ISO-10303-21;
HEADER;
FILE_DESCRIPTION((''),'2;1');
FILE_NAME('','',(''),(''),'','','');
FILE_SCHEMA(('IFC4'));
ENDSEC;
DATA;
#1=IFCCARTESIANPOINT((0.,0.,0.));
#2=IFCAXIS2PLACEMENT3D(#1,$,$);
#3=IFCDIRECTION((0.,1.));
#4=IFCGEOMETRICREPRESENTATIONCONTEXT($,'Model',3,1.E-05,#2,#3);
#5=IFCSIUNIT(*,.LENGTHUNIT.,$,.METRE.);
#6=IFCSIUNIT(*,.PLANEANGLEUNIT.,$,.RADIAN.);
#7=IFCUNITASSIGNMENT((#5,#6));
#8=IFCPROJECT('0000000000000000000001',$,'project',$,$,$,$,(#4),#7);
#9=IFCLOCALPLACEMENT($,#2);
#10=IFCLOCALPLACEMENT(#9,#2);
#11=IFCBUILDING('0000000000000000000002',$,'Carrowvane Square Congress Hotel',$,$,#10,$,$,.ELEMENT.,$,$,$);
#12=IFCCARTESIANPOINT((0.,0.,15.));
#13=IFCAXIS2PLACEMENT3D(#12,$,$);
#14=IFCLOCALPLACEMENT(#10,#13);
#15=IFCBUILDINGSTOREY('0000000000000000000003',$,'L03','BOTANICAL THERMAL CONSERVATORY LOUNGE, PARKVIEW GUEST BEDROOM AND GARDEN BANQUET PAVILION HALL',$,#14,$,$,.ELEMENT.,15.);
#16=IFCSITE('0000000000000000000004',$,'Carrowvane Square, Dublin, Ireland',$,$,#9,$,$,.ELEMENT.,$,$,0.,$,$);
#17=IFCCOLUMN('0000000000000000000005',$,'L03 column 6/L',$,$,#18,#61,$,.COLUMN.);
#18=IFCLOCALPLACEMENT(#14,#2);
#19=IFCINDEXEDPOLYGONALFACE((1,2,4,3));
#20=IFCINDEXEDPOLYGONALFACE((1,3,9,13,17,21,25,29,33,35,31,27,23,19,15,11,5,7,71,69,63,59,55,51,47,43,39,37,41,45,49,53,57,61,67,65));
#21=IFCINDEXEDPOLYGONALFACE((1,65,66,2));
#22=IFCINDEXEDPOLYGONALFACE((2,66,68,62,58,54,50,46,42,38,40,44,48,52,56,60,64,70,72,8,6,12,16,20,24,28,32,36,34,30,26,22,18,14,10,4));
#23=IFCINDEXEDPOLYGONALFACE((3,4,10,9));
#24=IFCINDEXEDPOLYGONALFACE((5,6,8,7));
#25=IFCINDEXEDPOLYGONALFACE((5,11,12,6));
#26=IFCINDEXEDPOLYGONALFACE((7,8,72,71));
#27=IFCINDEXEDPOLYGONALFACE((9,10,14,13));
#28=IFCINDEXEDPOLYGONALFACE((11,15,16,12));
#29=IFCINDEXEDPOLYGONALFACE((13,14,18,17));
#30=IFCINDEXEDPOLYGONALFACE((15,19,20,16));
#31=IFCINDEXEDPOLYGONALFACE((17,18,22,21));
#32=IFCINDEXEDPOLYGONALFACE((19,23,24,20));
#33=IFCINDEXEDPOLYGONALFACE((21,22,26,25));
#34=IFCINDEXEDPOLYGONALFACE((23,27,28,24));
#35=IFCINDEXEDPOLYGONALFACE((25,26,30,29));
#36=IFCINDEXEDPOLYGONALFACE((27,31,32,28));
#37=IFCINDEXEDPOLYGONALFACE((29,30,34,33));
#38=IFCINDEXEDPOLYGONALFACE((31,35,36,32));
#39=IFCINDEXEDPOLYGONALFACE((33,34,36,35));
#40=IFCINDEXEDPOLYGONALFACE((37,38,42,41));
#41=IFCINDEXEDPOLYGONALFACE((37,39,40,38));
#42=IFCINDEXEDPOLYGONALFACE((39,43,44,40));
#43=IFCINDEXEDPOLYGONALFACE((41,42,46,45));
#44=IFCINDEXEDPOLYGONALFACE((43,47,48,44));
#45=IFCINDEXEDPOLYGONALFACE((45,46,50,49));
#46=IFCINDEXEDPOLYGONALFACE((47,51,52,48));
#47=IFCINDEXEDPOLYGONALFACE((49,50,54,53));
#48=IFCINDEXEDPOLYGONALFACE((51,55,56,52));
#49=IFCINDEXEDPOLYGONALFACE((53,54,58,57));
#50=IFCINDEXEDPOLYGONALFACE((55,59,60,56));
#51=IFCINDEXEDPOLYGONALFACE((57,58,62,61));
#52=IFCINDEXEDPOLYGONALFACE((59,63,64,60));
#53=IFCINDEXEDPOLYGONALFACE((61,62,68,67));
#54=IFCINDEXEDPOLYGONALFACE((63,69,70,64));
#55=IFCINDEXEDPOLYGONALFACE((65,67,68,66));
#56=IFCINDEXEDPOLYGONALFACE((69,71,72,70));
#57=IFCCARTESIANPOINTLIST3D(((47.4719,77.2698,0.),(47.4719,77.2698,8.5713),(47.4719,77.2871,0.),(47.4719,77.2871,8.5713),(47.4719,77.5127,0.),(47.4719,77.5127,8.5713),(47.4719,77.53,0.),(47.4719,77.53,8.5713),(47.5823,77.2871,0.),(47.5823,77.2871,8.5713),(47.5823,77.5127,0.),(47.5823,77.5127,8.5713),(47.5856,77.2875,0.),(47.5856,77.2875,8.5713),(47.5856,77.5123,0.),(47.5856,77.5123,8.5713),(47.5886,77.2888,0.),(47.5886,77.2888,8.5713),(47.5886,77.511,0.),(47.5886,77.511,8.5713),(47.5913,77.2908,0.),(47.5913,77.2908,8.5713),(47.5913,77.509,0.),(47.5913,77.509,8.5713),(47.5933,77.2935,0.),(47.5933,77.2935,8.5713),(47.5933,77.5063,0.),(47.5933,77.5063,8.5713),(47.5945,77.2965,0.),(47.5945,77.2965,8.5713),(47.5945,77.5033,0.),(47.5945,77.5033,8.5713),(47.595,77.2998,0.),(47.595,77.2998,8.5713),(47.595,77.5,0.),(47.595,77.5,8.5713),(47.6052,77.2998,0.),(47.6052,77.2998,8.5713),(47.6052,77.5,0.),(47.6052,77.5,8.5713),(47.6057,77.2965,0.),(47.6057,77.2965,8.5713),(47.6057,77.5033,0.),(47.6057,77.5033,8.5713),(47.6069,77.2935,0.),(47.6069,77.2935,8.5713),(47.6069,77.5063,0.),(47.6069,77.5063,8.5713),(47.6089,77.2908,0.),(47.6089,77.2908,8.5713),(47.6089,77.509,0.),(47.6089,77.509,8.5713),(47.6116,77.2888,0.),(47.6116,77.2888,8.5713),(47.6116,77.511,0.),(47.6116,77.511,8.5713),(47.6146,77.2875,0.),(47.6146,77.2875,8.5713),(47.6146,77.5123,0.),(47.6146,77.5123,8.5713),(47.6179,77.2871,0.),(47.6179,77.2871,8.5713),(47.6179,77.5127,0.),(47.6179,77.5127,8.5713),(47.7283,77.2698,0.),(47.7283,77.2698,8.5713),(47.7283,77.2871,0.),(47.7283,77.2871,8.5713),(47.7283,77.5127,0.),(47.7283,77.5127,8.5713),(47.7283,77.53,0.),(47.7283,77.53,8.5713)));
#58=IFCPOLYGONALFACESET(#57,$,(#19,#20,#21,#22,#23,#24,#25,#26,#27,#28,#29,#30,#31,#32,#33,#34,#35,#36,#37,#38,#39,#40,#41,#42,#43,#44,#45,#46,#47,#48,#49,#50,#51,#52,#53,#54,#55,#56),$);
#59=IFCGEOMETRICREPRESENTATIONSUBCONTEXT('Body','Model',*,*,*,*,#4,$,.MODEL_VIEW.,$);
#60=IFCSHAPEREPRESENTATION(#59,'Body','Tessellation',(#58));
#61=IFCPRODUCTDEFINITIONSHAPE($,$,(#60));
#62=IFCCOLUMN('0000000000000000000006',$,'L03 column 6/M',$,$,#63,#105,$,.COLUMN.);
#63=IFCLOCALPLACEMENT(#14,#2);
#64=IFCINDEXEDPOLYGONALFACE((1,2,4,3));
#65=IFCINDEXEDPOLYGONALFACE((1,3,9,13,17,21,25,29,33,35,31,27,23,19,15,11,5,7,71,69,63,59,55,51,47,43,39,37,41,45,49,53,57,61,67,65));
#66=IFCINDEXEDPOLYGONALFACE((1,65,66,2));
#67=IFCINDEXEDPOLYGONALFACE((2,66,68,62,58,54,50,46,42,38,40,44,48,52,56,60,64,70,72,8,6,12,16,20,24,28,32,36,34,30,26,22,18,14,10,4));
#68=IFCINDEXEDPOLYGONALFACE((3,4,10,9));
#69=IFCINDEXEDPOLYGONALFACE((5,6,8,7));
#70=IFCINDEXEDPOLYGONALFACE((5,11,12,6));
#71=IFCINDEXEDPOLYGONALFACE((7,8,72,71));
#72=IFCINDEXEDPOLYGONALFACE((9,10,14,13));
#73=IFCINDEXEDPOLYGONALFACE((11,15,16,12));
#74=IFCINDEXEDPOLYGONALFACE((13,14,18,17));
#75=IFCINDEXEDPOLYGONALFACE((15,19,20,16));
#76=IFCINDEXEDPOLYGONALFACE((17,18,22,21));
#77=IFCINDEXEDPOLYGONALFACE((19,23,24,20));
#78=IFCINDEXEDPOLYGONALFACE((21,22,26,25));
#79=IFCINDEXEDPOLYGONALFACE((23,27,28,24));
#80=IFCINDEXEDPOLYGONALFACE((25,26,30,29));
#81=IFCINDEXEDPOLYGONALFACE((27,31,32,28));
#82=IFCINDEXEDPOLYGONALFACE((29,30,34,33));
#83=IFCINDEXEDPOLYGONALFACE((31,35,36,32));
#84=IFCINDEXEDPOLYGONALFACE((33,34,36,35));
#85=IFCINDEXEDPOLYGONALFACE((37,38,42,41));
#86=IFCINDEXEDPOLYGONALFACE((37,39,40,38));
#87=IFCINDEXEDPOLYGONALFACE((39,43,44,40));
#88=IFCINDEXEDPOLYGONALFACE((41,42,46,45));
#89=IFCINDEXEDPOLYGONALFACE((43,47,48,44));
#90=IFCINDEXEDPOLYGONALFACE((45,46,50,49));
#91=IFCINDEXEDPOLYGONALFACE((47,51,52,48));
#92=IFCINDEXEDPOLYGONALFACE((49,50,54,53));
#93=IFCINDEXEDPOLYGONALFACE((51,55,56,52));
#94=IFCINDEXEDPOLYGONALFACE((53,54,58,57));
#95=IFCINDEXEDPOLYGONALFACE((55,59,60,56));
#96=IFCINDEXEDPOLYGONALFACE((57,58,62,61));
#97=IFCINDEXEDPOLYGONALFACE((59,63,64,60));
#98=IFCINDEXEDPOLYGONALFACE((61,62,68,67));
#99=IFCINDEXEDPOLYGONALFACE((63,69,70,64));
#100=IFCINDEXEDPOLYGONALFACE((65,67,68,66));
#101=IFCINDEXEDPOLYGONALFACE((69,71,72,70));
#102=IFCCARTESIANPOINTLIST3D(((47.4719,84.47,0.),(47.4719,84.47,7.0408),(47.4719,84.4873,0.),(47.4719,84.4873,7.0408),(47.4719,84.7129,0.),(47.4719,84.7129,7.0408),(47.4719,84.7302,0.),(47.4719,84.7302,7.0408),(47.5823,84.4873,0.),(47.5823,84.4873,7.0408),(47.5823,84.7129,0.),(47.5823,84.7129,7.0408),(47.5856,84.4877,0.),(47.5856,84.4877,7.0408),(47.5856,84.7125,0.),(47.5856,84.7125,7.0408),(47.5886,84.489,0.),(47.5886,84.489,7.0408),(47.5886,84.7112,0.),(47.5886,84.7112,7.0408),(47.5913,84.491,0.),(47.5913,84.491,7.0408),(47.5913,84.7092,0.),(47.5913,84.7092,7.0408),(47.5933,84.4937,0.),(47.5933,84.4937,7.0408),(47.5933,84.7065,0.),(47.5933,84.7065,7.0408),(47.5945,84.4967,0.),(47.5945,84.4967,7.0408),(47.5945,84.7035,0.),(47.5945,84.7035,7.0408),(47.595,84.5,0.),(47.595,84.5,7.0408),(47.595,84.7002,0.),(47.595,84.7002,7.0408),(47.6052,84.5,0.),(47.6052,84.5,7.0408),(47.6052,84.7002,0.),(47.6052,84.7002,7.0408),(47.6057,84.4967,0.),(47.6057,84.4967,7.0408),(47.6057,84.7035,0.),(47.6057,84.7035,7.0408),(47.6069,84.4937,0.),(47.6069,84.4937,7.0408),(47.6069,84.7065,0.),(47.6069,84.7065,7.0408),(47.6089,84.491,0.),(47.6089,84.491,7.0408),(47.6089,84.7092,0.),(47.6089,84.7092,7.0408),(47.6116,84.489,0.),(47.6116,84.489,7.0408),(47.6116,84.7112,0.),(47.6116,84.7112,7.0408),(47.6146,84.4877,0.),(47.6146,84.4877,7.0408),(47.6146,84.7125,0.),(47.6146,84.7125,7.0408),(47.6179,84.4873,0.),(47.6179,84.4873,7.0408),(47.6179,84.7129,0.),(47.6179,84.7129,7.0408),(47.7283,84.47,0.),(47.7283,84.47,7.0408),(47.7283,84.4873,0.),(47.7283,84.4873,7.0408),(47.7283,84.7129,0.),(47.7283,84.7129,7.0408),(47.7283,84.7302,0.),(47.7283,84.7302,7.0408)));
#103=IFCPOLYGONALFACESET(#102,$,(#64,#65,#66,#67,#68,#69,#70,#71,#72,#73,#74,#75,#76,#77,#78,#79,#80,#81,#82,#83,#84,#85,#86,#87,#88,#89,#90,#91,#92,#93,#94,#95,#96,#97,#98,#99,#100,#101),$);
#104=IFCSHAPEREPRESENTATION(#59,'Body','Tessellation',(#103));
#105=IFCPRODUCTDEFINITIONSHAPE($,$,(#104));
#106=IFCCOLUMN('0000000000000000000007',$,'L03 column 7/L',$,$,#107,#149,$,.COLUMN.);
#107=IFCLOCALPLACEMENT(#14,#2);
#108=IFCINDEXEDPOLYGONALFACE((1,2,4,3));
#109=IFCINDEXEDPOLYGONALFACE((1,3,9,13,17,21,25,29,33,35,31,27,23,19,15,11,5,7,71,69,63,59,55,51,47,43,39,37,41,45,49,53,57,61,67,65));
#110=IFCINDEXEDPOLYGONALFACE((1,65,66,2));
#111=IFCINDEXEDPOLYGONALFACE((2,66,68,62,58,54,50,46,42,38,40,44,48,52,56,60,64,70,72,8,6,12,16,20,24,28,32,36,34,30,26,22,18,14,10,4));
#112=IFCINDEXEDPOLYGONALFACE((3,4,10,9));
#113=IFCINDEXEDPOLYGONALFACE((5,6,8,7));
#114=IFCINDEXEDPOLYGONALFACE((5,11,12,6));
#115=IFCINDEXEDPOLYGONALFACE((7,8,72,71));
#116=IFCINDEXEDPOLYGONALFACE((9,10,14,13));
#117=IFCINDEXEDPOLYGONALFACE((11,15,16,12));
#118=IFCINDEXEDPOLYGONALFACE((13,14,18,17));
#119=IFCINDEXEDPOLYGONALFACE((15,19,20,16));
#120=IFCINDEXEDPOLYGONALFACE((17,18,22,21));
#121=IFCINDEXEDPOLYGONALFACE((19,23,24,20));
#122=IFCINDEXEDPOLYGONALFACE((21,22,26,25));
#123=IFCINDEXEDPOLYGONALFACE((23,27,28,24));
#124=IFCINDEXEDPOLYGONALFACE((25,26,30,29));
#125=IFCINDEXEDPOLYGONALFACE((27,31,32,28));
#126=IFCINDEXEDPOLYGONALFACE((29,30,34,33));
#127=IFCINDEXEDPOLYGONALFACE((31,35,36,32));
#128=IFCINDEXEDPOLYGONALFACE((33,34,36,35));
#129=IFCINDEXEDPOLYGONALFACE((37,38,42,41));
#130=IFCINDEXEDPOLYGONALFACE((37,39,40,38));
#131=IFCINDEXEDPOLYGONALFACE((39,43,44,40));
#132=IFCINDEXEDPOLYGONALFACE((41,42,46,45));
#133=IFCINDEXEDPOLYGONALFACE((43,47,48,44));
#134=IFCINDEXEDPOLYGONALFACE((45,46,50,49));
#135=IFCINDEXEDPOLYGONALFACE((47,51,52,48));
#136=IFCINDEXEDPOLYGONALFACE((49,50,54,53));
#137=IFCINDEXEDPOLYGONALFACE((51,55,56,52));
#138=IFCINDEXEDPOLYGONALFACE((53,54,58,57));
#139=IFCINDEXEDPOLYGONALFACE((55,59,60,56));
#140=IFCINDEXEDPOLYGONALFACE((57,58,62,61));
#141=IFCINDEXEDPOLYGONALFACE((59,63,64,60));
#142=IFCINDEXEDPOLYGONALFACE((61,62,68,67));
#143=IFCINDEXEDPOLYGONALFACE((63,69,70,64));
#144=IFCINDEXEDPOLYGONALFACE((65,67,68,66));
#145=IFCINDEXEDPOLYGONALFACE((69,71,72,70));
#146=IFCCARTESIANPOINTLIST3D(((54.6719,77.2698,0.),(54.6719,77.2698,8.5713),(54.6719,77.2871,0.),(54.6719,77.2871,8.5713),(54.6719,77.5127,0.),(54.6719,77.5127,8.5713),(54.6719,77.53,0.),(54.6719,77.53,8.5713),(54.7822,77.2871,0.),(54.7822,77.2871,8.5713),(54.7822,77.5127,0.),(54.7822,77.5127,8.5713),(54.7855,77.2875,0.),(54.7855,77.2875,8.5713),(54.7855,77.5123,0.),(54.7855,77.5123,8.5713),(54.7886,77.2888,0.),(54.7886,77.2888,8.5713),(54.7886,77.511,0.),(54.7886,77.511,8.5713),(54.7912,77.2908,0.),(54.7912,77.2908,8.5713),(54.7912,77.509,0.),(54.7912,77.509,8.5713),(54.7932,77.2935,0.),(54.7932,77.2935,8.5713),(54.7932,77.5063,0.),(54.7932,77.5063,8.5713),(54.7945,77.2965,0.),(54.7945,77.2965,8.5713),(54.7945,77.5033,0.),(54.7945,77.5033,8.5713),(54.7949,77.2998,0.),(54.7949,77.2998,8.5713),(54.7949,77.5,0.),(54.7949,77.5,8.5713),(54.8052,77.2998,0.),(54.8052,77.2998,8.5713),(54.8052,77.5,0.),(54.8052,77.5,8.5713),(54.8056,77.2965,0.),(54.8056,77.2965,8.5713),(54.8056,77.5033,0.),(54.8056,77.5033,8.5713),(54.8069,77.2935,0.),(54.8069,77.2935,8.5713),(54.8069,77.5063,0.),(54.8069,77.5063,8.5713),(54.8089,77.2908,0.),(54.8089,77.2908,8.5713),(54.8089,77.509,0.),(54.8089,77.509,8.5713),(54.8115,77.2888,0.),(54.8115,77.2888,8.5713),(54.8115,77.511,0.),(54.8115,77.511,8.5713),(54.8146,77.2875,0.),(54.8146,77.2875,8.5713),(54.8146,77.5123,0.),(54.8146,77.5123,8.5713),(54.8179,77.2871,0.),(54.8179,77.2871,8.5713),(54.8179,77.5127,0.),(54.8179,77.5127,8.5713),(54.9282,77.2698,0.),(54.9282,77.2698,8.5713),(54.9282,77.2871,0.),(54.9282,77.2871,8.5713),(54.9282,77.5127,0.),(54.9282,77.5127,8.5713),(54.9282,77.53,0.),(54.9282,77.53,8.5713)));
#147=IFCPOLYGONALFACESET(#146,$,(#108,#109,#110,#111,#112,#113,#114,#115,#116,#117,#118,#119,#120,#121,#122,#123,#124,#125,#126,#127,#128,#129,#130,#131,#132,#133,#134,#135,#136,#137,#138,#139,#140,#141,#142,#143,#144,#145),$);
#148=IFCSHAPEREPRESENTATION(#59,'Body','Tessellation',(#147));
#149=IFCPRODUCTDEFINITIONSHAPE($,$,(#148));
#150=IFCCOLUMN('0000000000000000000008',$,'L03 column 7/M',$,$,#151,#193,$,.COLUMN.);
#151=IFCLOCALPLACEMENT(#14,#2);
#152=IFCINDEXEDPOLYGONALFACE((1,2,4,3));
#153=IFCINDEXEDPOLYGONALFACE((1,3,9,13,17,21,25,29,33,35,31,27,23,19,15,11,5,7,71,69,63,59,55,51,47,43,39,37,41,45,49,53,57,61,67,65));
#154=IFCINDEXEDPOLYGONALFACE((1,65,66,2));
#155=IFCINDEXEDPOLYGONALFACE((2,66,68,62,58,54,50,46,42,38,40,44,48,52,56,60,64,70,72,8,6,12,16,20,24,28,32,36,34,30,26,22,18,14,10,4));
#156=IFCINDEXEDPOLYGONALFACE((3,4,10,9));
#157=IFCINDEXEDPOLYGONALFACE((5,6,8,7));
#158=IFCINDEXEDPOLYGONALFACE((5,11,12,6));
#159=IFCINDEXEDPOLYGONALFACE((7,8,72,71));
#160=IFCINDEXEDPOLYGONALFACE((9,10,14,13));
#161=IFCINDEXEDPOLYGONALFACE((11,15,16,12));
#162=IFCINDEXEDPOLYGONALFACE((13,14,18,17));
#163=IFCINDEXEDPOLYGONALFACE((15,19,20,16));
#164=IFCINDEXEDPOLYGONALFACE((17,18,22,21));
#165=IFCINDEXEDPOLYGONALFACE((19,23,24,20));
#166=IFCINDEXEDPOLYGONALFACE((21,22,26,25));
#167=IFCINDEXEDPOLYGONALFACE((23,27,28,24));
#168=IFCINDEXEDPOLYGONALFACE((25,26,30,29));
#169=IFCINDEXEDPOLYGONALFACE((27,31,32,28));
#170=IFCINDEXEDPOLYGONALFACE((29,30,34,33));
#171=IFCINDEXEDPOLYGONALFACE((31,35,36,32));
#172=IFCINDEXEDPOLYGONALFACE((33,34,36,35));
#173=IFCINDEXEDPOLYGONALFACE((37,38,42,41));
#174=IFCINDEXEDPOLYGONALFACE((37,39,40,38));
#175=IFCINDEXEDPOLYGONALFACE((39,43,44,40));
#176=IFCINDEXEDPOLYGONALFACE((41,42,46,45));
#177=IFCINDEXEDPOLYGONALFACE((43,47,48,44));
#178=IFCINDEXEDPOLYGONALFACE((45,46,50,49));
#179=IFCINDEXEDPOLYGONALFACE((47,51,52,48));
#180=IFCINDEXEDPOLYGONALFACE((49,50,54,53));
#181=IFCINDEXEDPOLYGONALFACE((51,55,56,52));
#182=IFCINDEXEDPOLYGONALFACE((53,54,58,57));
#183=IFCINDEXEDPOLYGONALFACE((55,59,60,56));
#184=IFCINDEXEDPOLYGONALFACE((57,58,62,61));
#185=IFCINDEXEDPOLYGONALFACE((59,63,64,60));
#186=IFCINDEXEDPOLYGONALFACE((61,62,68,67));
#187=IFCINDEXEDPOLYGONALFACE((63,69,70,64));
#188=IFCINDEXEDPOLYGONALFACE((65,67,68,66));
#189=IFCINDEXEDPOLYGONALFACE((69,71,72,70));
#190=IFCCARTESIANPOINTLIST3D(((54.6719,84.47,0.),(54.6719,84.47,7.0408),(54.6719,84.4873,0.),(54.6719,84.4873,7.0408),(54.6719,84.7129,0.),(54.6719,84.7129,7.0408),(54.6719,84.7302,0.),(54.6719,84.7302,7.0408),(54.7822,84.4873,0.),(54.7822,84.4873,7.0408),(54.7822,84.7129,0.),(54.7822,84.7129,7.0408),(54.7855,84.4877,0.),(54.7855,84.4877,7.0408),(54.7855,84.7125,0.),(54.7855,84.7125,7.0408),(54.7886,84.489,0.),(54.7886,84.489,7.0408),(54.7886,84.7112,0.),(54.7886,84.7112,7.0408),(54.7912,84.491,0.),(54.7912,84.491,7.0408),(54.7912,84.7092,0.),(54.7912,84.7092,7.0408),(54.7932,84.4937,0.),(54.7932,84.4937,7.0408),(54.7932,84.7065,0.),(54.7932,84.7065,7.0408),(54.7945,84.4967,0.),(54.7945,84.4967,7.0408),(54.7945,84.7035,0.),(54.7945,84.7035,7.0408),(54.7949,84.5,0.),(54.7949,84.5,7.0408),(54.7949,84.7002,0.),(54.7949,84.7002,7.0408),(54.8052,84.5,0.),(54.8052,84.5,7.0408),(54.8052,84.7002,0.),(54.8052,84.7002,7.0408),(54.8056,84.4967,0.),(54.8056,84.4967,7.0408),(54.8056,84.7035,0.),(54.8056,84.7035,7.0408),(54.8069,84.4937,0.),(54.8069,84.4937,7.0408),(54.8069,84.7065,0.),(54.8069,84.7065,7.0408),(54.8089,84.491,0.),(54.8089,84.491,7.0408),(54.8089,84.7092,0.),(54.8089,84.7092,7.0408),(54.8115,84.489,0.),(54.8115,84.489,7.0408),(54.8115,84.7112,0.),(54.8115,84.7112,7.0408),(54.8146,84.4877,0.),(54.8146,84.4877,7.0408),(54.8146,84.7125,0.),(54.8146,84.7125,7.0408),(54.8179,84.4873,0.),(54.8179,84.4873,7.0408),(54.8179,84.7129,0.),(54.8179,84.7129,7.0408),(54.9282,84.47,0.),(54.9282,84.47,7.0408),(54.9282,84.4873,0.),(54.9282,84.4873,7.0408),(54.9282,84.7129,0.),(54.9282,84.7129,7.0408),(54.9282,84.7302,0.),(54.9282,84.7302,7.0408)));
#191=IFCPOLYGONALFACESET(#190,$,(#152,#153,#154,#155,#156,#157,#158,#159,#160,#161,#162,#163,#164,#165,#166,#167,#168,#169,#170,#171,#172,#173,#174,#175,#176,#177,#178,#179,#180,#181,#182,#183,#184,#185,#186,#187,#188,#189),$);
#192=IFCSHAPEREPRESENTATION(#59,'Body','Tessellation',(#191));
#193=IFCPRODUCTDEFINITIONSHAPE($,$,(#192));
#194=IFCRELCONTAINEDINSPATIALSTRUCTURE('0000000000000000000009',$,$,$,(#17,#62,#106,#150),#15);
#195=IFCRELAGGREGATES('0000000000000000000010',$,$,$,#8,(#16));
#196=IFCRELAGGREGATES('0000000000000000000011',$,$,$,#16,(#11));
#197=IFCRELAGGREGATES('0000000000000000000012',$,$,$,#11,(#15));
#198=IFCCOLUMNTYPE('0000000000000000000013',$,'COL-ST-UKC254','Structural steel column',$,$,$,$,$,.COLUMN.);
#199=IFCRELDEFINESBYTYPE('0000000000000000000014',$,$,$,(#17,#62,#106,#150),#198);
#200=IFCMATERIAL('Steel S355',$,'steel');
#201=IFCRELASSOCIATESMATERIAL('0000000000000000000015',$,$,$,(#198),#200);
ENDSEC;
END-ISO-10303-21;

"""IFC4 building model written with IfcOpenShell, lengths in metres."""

from ifc_helpers import new_model, si_unit, direction, frame, origin, origin_2d, place, context, subcontext, project, spatial, i_section, extrude, material, material_profile, profile_set, type_object, element, save


model = new_model("IFC4")

# Units and contexts
model_context = context("Model", 3, precision=1e-05, world=origin(), true_north=direction((0.0, 1.0)))
body_context = subcontext(model_context, "Body", "Model", "MODEL_VIEW")
ifc_project = project(units=[si_unit("LENGTHUNIT", "METRE"), si_unit("PLANEANGLEUNIT", "RADIAN")], contexts=[model_context])

# Site, building, storey
site_placement = place(None, origin())
site = spatial("IfcSite", under=ifc_project, at=site_placement, Name="Carrowvane Square, Dublin, Ireland", CompositionType="ELEMENT", RefElevation=0.0)
building_placement = place(site_placement, origin())
building = spatial("IfcBuilding", under=site, at=building_placement, Name="Carrowvane Square Congress Hotel", CompositionType="ELEMENT")
storey_placement = place(building_placement, frame((0.0, 0.0, 15.0)))
storey = spatial("IfcBuildingStorey", under=building, at=storey_placement, Name="L03", Description="BOTANICAL THERMAL CONSERVATORY LOUNGE, PARKVIEW GUEST BEDROOM AND GARDEN BANQUET PAVILION HALL", CompositionType="ELEMENT", Elevation=15.0)

# Columns
ifc_material_1 = material(Name="Steel S355", Category="steel")
ifc_material_profile_1 = material_profile(ifc_material_1, i_section(OverallWidth=0.2563, OverallDepth=0.2603, WebThickness=0.0103, FlangeThickness=0.0173, FilletRadius=0.0127, at=origin_2d()), Name="UKC 254x254x89")
ifc_profile_set_1 = profile_set([ifc_material_profile_1], Name="Steel S355")
column_type = type_object("IfcColumnType", Name="COL-ST-UKC254", Description="Structural steel column", PredefinedType="COLUMN", material=ifc_profile_set_1)
column_1_placement = place(storey_placement, frame((47.6001, 77.3999, 0.0), z_axis=(0.0, 0.0, 1.0), x_axis=(1.0, 0.0, 0.0)))
element("IfcColumn", 1, at=column_1_placement, inside=storey, type_object=column_type, Name="L03 column 6/L", PredefinedType="COLUMN", context=body_context, shape_type="SweptSolid", body=[
    extrude(i_section(OverallWidth=0.2563, OverallDepth=0.2603, WebThickness=0.0103, FlangeThickness=0.0173, FilletRadius=0.0127, at=origin_2d()), origin(), (0.0, 0.0, 1.0), 8.5713),
])
column_2_placement = place(storey_placement, frame((47.6001, 84.6001, 0.0), z_axis=(0.0, 0.0, 1.0), x_axis=(1.0, 0.0, 0.0)))
element("IfcColumn", 2, at=column_2_placement, inside=storey, type_object=column_type, Name="L03 column 6/M", PredefinedType="COLUMN", context=body_context, shape_type="SweptSolid", body=[
    extrude(i_section(OverallWidth=0.2563, OverallDepth=0.2603, WebThickness=0.0103, FlangeThickness=0.0173, FilletRadius=0.0127, at=origin_2d()), origin(), (0.0, 0.0, 1.0), 7.0408),
])
column_3_placement = place(storey_placement, frame((54.8, 77.3999, 0.0), z_axis=(0.0, 0.0, 1.0), x_axis=(1.0, 0.0, 0.0)))
element("IfcColumn", 3, at=column_3_placement, inside=storey, type_object=column_type, Name="L03 column 7/L", PredefinedType="COLUMN", context=body_context, shape_type="SweptSolid", body=[
    extrude(i_section(OverallWidth=0.2563, OverallDepth=0.2603, WebThickness=0.0103, FlangeThickness=0.0173, FilletRadius=0.0127, at=origin_2d()), origin(), (0.0, 0.0, 1.0), 8.5713),
])
column_4_placement = place(storey_placement, frame((54.8, 84.6001, 0.0), z_axis=(0.0, 0.0, 1.0), x_axis=(1.0, 0.0, 0.0)))
element("IfcColumn", 4, at=column_4_placement, inside=storey, type_object=column_type, Name="L03 column 7/M", PredefinedType="COLUMN", context=body_context, shape_type="SweptSolid", body=[
    extrude(i_section(OverallWidth=0.2563, OverallDepth=0.2603, WebThickness=0.0103, FlangeThickness=0.0173, FilletRadius=0.0127, at=origin_2d()), origin(), (0.0, 0.0, 1.0), 7.0408),
])

save(model, "model.ifc")
